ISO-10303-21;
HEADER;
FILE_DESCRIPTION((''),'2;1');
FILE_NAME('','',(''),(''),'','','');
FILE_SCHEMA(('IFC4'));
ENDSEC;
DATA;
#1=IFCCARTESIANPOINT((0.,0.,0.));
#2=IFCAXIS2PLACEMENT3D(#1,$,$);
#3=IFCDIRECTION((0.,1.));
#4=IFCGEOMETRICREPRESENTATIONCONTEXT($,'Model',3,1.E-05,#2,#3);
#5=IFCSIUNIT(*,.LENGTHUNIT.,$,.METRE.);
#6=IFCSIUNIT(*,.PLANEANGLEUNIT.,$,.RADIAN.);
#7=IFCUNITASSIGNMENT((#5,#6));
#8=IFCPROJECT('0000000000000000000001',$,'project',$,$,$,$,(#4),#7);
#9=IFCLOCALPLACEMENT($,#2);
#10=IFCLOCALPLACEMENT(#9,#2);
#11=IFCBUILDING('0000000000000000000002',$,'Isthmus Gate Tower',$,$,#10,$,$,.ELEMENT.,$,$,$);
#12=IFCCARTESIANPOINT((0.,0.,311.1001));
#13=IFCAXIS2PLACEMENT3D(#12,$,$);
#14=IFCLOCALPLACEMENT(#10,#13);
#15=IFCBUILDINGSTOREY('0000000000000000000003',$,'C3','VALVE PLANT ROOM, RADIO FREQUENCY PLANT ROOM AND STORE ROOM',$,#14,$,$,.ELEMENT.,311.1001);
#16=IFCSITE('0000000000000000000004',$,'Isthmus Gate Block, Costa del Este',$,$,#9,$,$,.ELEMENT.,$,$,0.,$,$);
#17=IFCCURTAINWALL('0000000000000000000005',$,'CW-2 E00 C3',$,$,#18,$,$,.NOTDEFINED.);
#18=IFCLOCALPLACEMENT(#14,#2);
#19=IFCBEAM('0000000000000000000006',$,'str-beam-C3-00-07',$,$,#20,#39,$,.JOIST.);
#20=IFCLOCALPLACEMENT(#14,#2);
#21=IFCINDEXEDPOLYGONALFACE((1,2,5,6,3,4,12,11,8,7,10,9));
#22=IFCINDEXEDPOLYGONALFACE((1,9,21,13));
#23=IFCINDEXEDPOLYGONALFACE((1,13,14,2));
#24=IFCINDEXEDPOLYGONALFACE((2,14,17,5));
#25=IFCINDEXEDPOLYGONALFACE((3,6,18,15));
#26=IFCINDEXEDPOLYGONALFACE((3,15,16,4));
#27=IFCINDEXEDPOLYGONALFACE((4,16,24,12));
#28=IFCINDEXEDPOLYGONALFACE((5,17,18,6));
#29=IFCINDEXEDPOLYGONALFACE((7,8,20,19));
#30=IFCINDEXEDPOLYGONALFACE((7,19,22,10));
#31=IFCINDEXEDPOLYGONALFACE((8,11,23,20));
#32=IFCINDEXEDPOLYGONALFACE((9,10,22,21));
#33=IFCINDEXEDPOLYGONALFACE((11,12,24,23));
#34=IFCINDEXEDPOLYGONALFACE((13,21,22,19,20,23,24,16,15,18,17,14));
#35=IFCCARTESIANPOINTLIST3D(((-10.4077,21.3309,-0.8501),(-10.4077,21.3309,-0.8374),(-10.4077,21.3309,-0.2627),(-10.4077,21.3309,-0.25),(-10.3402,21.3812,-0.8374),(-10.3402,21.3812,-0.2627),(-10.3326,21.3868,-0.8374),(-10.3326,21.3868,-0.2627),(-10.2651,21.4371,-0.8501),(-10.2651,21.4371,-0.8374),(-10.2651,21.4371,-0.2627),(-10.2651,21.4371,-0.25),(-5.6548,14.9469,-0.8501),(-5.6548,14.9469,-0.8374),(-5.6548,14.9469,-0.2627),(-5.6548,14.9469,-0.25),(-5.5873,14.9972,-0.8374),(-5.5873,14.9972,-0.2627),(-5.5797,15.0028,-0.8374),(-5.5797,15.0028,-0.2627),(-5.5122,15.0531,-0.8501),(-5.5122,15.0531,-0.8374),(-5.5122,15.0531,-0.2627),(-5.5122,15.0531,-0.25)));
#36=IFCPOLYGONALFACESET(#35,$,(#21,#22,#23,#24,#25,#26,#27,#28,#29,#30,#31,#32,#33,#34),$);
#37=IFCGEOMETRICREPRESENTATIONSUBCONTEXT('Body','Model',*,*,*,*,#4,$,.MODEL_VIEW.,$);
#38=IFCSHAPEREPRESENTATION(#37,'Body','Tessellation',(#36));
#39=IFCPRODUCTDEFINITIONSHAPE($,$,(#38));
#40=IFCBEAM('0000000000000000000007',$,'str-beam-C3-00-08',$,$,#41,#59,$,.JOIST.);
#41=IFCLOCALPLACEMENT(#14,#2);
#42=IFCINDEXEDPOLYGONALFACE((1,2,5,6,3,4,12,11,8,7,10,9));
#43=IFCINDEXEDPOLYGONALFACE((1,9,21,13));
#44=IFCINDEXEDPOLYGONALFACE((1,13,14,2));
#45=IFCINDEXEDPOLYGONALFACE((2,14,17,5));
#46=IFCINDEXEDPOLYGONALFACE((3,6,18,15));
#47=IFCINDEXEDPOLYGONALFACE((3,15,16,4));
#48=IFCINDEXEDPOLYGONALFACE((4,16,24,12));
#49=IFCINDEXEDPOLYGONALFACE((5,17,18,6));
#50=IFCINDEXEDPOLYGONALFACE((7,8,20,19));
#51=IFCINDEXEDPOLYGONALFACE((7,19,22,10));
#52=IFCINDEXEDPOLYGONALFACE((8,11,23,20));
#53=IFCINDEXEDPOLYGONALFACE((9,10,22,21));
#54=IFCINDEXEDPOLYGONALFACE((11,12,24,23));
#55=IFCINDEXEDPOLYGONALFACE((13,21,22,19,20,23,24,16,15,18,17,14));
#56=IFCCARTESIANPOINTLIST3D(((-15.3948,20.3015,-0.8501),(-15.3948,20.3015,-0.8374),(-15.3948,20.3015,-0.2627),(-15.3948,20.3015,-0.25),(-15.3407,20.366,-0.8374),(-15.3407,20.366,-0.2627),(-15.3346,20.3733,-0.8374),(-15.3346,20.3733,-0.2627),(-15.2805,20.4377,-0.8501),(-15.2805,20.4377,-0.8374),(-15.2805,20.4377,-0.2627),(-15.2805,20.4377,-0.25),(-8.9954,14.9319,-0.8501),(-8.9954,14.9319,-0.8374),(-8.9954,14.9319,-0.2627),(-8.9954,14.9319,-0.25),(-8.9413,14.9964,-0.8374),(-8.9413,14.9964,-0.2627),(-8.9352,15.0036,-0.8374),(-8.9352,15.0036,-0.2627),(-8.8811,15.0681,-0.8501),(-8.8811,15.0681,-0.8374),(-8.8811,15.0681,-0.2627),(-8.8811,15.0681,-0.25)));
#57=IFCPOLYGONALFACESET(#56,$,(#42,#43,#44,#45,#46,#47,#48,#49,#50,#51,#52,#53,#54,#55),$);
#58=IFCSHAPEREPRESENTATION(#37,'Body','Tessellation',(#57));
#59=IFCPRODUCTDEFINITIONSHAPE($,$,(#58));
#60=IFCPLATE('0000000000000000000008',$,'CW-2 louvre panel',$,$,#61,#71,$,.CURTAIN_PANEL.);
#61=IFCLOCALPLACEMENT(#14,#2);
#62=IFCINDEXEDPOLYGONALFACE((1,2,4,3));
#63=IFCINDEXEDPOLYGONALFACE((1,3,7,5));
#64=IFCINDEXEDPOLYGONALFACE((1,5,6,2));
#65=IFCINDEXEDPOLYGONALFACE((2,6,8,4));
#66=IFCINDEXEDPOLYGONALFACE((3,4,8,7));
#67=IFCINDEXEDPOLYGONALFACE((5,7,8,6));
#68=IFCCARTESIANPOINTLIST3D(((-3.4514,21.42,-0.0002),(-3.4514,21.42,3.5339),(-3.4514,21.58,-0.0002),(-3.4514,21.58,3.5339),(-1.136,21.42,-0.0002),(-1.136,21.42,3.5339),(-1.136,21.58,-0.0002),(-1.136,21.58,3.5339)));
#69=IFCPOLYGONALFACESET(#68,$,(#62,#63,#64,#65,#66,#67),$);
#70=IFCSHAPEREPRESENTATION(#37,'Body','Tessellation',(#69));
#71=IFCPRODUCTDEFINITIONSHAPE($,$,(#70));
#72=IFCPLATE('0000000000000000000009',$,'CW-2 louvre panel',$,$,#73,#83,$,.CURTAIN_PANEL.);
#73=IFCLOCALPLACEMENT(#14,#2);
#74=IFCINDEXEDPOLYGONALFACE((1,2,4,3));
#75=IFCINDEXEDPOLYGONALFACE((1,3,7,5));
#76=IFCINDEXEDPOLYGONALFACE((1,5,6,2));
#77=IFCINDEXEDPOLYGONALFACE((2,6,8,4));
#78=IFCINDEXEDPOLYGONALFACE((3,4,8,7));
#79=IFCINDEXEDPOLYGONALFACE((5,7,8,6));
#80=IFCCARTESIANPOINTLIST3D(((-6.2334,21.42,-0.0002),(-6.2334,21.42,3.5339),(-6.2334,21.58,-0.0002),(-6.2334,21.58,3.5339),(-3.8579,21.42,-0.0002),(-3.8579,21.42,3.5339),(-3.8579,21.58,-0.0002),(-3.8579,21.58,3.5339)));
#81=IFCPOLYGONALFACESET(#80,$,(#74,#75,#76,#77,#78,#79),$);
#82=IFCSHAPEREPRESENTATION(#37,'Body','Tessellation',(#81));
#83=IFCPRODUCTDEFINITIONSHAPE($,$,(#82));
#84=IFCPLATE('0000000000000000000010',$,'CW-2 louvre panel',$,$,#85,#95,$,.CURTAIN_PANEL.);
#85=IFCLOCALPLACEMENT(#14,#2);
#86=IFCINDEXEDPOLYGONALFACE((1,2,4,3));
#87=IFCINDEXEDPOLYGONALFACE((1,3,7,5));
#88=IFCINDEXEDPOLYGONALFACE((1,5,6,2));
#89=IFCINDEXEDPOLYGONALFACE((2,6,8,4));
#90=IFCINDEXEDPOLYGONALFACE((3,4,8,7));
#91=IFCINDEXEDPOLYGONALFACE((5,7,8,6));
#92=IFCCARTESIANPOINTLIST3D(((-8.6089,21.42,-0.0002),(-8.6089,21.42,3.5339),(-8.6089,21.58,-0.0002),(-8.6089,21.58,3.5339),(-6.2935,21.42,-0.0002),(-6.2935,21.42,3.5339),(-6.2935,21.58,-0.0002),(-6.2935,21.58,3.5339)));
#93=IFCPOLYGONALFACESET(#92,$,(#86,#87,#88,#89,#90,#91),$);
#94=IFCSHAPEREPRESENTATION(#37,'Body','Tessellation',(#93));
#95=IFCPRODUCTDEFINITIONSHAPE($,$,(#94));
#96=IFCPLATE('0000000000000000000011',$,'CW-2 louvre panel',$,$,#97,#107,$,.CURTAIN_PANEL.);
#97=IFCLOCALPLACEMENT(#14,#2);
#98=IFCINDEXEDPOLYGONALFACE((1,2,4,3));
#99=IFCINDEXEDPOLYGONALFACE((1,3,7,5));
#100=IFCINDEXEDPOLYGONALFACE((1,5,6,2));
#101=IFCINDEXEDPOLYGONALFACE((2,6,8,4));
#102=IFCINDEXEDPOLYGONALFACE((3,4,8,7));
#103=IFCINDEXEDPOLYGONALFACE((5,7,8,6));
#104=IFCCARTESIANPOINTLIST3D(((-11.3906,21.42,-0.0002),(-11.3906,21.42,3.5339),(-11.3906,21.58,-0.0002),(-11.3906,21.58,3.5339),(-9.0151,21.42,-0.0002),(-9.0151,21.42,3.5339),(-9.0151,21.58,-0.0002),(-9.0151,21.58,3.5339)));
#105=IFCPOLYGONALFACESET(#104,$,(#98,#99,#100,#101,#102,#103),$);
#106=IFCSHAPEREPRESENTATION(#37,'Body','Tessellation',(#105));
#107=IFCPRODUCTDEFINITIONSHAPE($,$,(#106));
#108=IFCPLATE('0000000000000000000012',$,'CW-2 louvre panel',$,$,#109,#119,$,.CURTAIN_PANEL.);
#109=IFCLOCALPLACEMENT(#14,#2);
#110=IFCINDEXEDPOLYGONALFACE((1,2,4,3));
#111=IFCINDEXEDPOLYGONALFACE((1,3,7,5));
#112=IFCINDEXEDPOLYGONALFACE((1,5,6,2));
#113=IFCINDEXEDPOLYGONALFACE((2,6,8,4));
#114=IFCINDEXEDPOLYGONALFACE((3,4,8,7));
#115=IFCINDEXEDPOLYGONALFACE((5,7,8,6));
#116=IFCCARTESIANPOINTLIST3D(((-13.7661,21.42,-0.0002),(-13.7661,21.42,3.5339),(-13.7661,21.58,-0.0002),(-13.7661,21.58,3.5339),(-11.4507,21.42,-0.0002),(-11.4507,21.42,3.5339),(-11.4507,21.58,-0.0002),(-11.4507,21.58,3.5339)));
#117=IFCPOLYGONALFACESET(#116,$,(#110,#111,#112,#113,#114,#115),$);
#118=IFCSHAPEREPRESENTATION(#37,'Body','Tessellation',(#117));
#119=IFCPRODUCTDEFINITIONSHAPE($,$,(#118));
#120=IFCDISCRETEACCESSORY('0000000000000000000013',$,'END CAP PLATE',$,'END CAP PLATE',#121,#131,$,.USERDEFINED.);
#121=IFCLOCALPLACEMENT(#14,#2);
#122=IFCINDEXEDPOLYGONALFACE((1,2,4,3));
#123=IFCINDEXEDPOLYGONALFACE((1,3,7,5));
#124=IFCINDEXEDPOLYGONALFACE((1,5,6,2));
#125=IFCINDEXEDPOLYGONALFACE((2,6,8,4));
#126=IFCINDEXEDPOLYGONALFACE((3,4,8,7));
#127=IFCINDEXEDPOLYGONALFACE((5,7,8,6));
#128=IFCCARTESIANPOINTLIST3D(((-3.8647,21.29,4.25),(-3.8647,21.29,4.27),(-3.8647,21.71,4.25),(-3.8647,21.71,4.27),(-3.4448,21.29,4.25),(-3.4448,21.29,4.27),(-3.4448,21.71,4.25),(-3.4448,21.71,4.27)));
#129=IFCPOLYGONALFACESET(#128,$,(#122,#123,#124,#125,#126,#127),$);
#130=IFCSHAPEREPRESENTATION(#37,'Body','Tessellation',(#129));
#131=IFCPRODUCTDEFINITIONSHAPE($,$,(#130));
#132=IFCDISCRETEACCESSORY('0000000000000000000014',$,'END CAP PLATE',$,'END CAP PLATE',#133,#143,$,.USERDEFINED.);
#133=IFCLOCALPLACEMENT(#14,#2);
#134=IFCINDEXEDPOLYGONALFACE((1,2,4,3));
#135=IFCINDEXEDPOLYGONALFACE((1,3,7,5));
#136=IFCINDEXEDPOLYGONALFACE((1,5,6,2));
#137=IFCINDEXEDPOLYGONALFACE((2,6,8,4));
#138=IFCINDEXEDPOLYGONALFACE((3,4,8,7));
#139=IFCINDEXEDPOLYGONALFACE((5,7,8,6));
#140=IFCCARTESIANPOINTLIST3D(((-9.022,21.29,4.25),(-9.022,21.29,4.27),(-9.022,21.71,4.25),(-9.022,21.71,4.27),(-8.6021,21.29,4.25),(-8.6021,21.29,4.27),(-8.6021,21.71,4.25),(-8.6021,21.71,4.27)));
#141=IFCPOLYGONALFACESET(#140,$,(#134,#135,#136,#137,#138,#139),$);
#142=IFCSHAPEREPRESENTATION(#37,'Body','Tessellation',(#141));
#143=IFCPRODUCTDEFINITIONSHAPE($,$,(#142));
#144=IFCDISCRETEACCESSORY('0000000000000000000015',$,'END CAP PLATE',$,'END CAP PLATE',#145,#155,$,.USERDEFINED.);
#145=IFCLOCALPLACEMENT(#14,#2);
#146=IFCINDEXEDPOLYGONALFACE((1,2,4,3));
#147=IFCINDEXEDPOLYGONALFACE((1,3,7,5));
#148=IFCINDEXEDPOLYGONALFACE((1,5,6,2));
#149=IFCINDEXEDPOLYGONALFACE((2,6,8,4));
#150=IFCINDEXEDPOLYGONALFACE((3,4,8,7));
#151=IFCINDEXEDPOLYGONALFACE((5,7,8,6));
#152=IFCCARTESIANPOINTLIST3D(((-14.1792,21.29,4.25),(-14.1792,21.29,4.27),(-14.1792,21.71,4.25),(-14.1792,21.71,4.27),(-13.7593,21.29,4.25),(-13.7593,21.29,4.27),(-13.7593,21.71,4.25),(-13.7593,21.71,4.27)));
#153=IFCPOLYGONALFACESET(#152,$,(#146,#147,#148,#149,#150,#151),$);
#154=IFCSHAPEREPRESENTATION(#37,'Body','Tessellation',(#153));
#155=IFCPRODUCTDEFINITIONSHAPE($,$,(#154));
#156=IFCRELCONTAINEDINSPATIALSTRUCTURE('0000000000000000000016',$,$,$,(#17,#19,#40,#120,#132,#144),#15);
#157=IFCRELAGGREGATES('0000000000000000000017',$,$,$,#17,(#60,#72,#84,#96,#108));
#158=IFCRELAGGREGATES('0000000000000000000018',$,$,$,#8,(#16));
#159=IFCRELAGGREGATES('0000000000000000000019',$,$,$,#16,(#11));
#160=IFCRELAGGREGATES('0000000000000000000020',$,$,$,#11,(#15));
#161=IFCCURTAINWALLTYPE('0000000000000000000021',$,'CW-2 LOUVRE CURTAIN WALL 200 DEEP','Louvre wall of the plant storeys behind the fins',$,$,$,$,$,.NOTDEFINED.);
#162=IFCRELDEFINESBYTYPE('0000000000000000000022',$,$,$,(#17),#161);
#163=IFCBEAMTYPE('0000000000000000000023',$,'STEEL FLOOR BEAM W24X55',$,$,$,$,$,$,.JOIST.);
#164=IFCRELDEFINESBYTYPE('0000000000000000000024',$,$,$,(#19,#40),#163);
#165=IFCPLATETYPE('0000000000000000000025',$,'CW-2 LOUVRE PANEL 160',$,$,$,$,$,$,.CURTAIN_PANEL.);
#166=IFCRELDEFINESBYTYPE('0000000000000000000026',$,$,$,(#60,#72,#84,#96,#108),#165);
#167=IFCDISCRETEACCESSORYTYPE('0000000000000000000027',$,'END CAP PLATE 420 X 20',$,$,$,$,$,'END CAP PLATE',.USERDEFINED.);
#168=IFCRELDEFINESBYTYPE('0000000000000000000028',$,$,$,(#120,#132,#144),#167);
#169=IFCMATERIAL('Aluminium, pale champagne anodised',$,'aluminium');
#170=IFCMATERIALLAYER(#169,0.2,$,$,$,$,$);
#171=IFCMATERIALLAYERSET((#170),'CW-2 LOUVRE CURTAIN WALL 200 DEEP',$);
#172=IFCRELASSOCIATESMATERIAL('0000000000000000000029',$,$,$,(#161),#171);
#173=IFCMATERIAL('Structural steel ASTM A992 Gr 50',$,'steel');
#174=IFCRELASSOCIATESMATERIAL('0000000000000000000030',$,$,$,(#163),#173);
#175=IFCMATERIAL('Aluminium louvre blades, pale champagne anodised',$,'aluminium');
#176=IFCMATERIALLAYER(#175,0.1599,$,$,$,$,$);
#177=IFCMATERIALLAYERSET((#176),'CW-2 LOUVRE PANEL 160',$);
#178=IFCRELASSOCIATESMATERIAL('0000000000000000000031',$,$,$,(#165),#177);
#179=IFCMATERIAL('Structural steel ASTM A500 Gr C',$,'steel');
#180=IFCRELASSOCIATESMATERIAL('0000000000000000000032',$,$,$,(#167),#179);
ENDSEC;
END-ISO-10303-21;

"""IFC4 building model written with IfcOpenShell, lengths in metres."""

from ifc_helpers import new_model, si_unit, direction, frame, origin, origin_2d, place, context, subcontext, project, spatial, rectangle, i_section, extrude, material, layer, layer_set, material_profile, profile_set, type_object, element, aggregate, save


model = new_model("IFC4")

# Units and contexts
model_context = context("Model", 3, precision=1e-05, world=origin(), true_north=direction((0.0, 1.0)))
body_context = subcontext(model_context, "Body", "Model", "MODEL_VIEW")
ifc_project = project(units=[si_unit("LENGTHUNIT", "METRE"), si_unit("PLANEANGLEUNIT", "RADIAN")], contexts=[model_context])

# Site, building, storey
site_placement = place(None, origin())
site = spatial("IfcSite", under=ifc_project, at=site_placement, Name="Isthmus Gate Block, Costa del Este", CompositionType="ELEMENT", RefElevation=0.0)
building_placement = place(site_placement, origin())
building = spatial("IfcBuilding", under=site, at=building_placement, Name="Isthmus Gate Tower", CompositionType="ELEMENT")
storey_placement = place(building_placement, frame((0.0, 0.0, 311.1001)))
storey = spatial("IfcBuildingStorey", under=building, at=storey_placement, Name="C3", Description="VALVE PLANT ROOM, RADIO FREQUENCY PLANT ROOM AND STORE ROOM", CompositionType="ELEMENT", Elevation=311.1001)

# Curtain wall
ifc_material_1 = material(Name="Aluminium, pale champagne anodised", Category="aluminium")
ifc_layer_1 = layer(ifc_material_1, 0.2)
ifc_layer_set_1 = layer_set([ifc_layer_1], Name="CW-2 LOUVRE CURTAIN WALL 200 DEEP")
curtain_wall_type = type_object("IfcCurtainWallType", Name="CW-2 LOUVRE CURTAIN WALL 200 DEEP", Description="Louvre wall of the plant storeys behind the fins", PredefinedType="NOTDEFINED", material=ifc_layer_set_1)
curtain_wall_placement = place(storey_placement, origin())
curtain_wall = element("IfcCurtainWall", 1, at=curtain_wall_placement, inside=storey, type_object=curtain_wall_type, Name="CW-2 E00 C3", PredefinedType="NOTDEFINED")

# Beams
ifc_material_2 = material(Name="Structural steel ASTM A992 Gr 50", Category="steel")
ifc_material_profile_1 = material_profile(ifc_material_2, i_section(OverallWidth=0.1777, OverallDepth=0.6001, WebThickness=0.0095, FlangeThickness=0.0127, at=origin_2d()), Name="W24X55")
ifc_profile_set_1 = profile_set([ifc_material_profile_1], Name="Structural steel ASTM A992 Gr 50")
beam_type_1 = type_object("IfcBeamType", Name="STEEL FLOOR BEAM W24X55", PredefinedType="JOIST", material=ifc_profile_set_1)
beam_1_placement = place(storey_placement, frame((-5.5835, 15.0, -0.55), z_axis=(-0.597174, 0.802112, 0.0), x_axis=(-0.802112, -0.597174, 0.0)))
element("IfcBeam", 2, at=beam_1_placement, inside=storey, type_object=beam_type_1, Name="str-beam-C3-00-07", PredefinedType="JOIST", context=body_context, shape_type="SweptSolid", body=[
    extrude(i_section(OverallWidth=0.1777, OverallDepth=0.6001, WebThickness=0.0095, FlangeThickness=0.0127, at=origin_2d()), origin(), (0.0, 0.0, 1.0), 7.959),
])
beam_2_placement = place(storey_placement, frame((-8.9382, 15.0, -0.55), z_axis=(-0.766051, 0.642779, 0.0), x_axis=(-0.642779, -0.766051, 0.0)))
element("IfcBeam", 3, at=beam_2_placement, inside=storey, type_object=beam_type_1, Name="str-beam-C3-00-08", PredefinedType="JOIST", context=body_context, shape_type="SweptSolid", body=[
    extrude(i_section(OverallWidth=0.1777, OverallDepth=0.6001, WebThickness=0.0095, FlangeThickness=0.0127, at=origin_2d()), origin(), (0.0, 0.0, 1.0), 8.3538),
])

# Plates
ifc_material_3 = material(Name="Aluminium louvre blades, pale champagne anodised", Category="aluminium")
ifc_layer_2 = layer(ifc_material_3, 0.1599)
ifc_layer_set_2 = layer_set([ifc_layer_2], Name="CW-2 LOUVRE PANEL 160")
plate_type = type_object("IfcPlateType", Name="CW-2 LOUVRE PANEL 160", PredefinedType="CURTAIN_PANEL", material=ifc_layer_set_2)
plate_1_placement = place(storey_placement, frame((-2.2937, 21.5, -0.0002), z_axis=(0.0, 0.0, 1.0), x_axis=(-1.0, 0.0, 0.0)))
plate_1 = element("IfcPlate", 4, at=plate_1_placement, type_object=plate_type, Name="CW-2 louvre panel", PredefinedType="CURTAIN_PANEL", context=body_context, shape_type="SweptSolid", body=[
    extrude(rectangle(XDim=2.3154, YDim=0.1599, at=origin_2d()), origin(), (0.0, 0.0, 1.0), 3.5342),
])
plate_2_placement = place(storey_placement, frame((-5.0457, 21.5, -0.0002), z_axis=(0.0, 0.0, 1.0), x_axis=(-1.0, 0.0, 0.0)))
plate_2 = element("IfcPlate", 5, at=plate_2_placement, type_object=plate_type, Name="CW-2 louvre panel", PredefinedType="CURTAIN_PANEL", context=body_context, shape_type="SweptSolid", body=[
    extrude(rectangle(XDim=2.3755, YDim=0.1599, at=origin_2d()), origin(), (0.0, 0.0, 1.0), 3.5342),
])
plate_3_placement = place(storey_placement, frame((-7.4512, 21.5, -0.0002), z_axis=(0.0, 0.0, 1.0), x_axis=(-1.0, 0.0, 0.0)))
plate_3 = element("IfcPlate", 6, at=plate_3_placement, type_object=plate_type, Name="CW-2 louvre panel", PredefinedType="CURTAIN_PANEL", context=body_context, shape_type="SweptSolid", body=[
    extrude(rectangle(XDim=2.3154, YDim=0.1599, at=origin_2d()), origin(), (0.0, 0.0, 1.0), 3.5342),
])
plate_4_placement = place(storey_placement, frame((-10.2029, 21.5, -0.0002), z_axis=(0.0, 0.0, 1.0), x_axis=(-1.0, 0.0, 0.0)))
plate_4 = element("IfcPlate", 7, at=plate_4_placement, type_object=plate_type, Name="CW-2 louvre panel", PredefinedType="CURTAIN_PANEL", context=body_context, shape_type="SweptSolid", body=[
    extrude(rectangle(XDim=2.3755, YDim=0.1599, at=origin_2d()), origin(), (0.0, 0.0, 1.0), 3.5342),
])
plate_5_placement = place(storey_placement, frame((-12.6084, 21.5, -0.0002), z_axis=(0.0, 0.0, 1.0), x_axis=(-1.0, 0.0, 0.0)))
plate_5 = element("IfcPlate", 8, at=plate_5_placement, type_object=plate_type, Name="CW-2 louvre panel", PredefinedType="CURTAIN_PANEL", context=body_context, shape_type="SweptSolid", body=[
    extrude(rectangle(XDim=2.3154, YDim=0.1599, at=origin_2d()), origin(), (0.0, 0.0, 1.0), 3.5342),
])
aggregate(curtain_wall, [plate_1, plate_2, plate_3, plate_4, plate_5])

# Discrete accessories
ifc_material_4 = material(Name="Structural steel ASTM A500 Gr C", Category="steel")
discrete_accessory_type = type_object("IfcDiscreteAccessoryType", Name="END CAP PLATE 420 X 20", ElementType="END CAP PLATE", PredefinedType="USERDEFINED", material=ifc_material_4)
for number, where, z_axis, x_axis, name in (
    (9, (-3.6548, 21.5, 4.25), (0.0, 0.0, 1.0), (1.0, 0.0, 0.0), "END CAP PLATE"),
    (10, (-8.812, 21.5, 4.25), (0.0, 0.0, 1.0), (1.0, 0.0, 0.0), "END CAP PLATE"),
    (11, (-13.9692, 21.5, 4.25), (0.0, 0.0, 1.0), (1.0, 0.0, 0.0), "END CAP PLATE"),
):
    element("IfcDiscreteAccessory", number, at=place(storey_placement, frame(where, z_axis=z_axis, x_axis=x_axis)), inside=storey, type_object=discrete_accessory_type, Name=name, ObjectType="END CAP PLATE", PredefinedType="USERDEFINED", context=body_context, shape_type="SweptSolid", body=[
        extrude(rectangle(XDim=0.4199, YDim=0.4199, at=origin_2d()), origin(), (0.0, 0.0, 1.0), 0.02),
    ])

save(model, "model.ifc")
